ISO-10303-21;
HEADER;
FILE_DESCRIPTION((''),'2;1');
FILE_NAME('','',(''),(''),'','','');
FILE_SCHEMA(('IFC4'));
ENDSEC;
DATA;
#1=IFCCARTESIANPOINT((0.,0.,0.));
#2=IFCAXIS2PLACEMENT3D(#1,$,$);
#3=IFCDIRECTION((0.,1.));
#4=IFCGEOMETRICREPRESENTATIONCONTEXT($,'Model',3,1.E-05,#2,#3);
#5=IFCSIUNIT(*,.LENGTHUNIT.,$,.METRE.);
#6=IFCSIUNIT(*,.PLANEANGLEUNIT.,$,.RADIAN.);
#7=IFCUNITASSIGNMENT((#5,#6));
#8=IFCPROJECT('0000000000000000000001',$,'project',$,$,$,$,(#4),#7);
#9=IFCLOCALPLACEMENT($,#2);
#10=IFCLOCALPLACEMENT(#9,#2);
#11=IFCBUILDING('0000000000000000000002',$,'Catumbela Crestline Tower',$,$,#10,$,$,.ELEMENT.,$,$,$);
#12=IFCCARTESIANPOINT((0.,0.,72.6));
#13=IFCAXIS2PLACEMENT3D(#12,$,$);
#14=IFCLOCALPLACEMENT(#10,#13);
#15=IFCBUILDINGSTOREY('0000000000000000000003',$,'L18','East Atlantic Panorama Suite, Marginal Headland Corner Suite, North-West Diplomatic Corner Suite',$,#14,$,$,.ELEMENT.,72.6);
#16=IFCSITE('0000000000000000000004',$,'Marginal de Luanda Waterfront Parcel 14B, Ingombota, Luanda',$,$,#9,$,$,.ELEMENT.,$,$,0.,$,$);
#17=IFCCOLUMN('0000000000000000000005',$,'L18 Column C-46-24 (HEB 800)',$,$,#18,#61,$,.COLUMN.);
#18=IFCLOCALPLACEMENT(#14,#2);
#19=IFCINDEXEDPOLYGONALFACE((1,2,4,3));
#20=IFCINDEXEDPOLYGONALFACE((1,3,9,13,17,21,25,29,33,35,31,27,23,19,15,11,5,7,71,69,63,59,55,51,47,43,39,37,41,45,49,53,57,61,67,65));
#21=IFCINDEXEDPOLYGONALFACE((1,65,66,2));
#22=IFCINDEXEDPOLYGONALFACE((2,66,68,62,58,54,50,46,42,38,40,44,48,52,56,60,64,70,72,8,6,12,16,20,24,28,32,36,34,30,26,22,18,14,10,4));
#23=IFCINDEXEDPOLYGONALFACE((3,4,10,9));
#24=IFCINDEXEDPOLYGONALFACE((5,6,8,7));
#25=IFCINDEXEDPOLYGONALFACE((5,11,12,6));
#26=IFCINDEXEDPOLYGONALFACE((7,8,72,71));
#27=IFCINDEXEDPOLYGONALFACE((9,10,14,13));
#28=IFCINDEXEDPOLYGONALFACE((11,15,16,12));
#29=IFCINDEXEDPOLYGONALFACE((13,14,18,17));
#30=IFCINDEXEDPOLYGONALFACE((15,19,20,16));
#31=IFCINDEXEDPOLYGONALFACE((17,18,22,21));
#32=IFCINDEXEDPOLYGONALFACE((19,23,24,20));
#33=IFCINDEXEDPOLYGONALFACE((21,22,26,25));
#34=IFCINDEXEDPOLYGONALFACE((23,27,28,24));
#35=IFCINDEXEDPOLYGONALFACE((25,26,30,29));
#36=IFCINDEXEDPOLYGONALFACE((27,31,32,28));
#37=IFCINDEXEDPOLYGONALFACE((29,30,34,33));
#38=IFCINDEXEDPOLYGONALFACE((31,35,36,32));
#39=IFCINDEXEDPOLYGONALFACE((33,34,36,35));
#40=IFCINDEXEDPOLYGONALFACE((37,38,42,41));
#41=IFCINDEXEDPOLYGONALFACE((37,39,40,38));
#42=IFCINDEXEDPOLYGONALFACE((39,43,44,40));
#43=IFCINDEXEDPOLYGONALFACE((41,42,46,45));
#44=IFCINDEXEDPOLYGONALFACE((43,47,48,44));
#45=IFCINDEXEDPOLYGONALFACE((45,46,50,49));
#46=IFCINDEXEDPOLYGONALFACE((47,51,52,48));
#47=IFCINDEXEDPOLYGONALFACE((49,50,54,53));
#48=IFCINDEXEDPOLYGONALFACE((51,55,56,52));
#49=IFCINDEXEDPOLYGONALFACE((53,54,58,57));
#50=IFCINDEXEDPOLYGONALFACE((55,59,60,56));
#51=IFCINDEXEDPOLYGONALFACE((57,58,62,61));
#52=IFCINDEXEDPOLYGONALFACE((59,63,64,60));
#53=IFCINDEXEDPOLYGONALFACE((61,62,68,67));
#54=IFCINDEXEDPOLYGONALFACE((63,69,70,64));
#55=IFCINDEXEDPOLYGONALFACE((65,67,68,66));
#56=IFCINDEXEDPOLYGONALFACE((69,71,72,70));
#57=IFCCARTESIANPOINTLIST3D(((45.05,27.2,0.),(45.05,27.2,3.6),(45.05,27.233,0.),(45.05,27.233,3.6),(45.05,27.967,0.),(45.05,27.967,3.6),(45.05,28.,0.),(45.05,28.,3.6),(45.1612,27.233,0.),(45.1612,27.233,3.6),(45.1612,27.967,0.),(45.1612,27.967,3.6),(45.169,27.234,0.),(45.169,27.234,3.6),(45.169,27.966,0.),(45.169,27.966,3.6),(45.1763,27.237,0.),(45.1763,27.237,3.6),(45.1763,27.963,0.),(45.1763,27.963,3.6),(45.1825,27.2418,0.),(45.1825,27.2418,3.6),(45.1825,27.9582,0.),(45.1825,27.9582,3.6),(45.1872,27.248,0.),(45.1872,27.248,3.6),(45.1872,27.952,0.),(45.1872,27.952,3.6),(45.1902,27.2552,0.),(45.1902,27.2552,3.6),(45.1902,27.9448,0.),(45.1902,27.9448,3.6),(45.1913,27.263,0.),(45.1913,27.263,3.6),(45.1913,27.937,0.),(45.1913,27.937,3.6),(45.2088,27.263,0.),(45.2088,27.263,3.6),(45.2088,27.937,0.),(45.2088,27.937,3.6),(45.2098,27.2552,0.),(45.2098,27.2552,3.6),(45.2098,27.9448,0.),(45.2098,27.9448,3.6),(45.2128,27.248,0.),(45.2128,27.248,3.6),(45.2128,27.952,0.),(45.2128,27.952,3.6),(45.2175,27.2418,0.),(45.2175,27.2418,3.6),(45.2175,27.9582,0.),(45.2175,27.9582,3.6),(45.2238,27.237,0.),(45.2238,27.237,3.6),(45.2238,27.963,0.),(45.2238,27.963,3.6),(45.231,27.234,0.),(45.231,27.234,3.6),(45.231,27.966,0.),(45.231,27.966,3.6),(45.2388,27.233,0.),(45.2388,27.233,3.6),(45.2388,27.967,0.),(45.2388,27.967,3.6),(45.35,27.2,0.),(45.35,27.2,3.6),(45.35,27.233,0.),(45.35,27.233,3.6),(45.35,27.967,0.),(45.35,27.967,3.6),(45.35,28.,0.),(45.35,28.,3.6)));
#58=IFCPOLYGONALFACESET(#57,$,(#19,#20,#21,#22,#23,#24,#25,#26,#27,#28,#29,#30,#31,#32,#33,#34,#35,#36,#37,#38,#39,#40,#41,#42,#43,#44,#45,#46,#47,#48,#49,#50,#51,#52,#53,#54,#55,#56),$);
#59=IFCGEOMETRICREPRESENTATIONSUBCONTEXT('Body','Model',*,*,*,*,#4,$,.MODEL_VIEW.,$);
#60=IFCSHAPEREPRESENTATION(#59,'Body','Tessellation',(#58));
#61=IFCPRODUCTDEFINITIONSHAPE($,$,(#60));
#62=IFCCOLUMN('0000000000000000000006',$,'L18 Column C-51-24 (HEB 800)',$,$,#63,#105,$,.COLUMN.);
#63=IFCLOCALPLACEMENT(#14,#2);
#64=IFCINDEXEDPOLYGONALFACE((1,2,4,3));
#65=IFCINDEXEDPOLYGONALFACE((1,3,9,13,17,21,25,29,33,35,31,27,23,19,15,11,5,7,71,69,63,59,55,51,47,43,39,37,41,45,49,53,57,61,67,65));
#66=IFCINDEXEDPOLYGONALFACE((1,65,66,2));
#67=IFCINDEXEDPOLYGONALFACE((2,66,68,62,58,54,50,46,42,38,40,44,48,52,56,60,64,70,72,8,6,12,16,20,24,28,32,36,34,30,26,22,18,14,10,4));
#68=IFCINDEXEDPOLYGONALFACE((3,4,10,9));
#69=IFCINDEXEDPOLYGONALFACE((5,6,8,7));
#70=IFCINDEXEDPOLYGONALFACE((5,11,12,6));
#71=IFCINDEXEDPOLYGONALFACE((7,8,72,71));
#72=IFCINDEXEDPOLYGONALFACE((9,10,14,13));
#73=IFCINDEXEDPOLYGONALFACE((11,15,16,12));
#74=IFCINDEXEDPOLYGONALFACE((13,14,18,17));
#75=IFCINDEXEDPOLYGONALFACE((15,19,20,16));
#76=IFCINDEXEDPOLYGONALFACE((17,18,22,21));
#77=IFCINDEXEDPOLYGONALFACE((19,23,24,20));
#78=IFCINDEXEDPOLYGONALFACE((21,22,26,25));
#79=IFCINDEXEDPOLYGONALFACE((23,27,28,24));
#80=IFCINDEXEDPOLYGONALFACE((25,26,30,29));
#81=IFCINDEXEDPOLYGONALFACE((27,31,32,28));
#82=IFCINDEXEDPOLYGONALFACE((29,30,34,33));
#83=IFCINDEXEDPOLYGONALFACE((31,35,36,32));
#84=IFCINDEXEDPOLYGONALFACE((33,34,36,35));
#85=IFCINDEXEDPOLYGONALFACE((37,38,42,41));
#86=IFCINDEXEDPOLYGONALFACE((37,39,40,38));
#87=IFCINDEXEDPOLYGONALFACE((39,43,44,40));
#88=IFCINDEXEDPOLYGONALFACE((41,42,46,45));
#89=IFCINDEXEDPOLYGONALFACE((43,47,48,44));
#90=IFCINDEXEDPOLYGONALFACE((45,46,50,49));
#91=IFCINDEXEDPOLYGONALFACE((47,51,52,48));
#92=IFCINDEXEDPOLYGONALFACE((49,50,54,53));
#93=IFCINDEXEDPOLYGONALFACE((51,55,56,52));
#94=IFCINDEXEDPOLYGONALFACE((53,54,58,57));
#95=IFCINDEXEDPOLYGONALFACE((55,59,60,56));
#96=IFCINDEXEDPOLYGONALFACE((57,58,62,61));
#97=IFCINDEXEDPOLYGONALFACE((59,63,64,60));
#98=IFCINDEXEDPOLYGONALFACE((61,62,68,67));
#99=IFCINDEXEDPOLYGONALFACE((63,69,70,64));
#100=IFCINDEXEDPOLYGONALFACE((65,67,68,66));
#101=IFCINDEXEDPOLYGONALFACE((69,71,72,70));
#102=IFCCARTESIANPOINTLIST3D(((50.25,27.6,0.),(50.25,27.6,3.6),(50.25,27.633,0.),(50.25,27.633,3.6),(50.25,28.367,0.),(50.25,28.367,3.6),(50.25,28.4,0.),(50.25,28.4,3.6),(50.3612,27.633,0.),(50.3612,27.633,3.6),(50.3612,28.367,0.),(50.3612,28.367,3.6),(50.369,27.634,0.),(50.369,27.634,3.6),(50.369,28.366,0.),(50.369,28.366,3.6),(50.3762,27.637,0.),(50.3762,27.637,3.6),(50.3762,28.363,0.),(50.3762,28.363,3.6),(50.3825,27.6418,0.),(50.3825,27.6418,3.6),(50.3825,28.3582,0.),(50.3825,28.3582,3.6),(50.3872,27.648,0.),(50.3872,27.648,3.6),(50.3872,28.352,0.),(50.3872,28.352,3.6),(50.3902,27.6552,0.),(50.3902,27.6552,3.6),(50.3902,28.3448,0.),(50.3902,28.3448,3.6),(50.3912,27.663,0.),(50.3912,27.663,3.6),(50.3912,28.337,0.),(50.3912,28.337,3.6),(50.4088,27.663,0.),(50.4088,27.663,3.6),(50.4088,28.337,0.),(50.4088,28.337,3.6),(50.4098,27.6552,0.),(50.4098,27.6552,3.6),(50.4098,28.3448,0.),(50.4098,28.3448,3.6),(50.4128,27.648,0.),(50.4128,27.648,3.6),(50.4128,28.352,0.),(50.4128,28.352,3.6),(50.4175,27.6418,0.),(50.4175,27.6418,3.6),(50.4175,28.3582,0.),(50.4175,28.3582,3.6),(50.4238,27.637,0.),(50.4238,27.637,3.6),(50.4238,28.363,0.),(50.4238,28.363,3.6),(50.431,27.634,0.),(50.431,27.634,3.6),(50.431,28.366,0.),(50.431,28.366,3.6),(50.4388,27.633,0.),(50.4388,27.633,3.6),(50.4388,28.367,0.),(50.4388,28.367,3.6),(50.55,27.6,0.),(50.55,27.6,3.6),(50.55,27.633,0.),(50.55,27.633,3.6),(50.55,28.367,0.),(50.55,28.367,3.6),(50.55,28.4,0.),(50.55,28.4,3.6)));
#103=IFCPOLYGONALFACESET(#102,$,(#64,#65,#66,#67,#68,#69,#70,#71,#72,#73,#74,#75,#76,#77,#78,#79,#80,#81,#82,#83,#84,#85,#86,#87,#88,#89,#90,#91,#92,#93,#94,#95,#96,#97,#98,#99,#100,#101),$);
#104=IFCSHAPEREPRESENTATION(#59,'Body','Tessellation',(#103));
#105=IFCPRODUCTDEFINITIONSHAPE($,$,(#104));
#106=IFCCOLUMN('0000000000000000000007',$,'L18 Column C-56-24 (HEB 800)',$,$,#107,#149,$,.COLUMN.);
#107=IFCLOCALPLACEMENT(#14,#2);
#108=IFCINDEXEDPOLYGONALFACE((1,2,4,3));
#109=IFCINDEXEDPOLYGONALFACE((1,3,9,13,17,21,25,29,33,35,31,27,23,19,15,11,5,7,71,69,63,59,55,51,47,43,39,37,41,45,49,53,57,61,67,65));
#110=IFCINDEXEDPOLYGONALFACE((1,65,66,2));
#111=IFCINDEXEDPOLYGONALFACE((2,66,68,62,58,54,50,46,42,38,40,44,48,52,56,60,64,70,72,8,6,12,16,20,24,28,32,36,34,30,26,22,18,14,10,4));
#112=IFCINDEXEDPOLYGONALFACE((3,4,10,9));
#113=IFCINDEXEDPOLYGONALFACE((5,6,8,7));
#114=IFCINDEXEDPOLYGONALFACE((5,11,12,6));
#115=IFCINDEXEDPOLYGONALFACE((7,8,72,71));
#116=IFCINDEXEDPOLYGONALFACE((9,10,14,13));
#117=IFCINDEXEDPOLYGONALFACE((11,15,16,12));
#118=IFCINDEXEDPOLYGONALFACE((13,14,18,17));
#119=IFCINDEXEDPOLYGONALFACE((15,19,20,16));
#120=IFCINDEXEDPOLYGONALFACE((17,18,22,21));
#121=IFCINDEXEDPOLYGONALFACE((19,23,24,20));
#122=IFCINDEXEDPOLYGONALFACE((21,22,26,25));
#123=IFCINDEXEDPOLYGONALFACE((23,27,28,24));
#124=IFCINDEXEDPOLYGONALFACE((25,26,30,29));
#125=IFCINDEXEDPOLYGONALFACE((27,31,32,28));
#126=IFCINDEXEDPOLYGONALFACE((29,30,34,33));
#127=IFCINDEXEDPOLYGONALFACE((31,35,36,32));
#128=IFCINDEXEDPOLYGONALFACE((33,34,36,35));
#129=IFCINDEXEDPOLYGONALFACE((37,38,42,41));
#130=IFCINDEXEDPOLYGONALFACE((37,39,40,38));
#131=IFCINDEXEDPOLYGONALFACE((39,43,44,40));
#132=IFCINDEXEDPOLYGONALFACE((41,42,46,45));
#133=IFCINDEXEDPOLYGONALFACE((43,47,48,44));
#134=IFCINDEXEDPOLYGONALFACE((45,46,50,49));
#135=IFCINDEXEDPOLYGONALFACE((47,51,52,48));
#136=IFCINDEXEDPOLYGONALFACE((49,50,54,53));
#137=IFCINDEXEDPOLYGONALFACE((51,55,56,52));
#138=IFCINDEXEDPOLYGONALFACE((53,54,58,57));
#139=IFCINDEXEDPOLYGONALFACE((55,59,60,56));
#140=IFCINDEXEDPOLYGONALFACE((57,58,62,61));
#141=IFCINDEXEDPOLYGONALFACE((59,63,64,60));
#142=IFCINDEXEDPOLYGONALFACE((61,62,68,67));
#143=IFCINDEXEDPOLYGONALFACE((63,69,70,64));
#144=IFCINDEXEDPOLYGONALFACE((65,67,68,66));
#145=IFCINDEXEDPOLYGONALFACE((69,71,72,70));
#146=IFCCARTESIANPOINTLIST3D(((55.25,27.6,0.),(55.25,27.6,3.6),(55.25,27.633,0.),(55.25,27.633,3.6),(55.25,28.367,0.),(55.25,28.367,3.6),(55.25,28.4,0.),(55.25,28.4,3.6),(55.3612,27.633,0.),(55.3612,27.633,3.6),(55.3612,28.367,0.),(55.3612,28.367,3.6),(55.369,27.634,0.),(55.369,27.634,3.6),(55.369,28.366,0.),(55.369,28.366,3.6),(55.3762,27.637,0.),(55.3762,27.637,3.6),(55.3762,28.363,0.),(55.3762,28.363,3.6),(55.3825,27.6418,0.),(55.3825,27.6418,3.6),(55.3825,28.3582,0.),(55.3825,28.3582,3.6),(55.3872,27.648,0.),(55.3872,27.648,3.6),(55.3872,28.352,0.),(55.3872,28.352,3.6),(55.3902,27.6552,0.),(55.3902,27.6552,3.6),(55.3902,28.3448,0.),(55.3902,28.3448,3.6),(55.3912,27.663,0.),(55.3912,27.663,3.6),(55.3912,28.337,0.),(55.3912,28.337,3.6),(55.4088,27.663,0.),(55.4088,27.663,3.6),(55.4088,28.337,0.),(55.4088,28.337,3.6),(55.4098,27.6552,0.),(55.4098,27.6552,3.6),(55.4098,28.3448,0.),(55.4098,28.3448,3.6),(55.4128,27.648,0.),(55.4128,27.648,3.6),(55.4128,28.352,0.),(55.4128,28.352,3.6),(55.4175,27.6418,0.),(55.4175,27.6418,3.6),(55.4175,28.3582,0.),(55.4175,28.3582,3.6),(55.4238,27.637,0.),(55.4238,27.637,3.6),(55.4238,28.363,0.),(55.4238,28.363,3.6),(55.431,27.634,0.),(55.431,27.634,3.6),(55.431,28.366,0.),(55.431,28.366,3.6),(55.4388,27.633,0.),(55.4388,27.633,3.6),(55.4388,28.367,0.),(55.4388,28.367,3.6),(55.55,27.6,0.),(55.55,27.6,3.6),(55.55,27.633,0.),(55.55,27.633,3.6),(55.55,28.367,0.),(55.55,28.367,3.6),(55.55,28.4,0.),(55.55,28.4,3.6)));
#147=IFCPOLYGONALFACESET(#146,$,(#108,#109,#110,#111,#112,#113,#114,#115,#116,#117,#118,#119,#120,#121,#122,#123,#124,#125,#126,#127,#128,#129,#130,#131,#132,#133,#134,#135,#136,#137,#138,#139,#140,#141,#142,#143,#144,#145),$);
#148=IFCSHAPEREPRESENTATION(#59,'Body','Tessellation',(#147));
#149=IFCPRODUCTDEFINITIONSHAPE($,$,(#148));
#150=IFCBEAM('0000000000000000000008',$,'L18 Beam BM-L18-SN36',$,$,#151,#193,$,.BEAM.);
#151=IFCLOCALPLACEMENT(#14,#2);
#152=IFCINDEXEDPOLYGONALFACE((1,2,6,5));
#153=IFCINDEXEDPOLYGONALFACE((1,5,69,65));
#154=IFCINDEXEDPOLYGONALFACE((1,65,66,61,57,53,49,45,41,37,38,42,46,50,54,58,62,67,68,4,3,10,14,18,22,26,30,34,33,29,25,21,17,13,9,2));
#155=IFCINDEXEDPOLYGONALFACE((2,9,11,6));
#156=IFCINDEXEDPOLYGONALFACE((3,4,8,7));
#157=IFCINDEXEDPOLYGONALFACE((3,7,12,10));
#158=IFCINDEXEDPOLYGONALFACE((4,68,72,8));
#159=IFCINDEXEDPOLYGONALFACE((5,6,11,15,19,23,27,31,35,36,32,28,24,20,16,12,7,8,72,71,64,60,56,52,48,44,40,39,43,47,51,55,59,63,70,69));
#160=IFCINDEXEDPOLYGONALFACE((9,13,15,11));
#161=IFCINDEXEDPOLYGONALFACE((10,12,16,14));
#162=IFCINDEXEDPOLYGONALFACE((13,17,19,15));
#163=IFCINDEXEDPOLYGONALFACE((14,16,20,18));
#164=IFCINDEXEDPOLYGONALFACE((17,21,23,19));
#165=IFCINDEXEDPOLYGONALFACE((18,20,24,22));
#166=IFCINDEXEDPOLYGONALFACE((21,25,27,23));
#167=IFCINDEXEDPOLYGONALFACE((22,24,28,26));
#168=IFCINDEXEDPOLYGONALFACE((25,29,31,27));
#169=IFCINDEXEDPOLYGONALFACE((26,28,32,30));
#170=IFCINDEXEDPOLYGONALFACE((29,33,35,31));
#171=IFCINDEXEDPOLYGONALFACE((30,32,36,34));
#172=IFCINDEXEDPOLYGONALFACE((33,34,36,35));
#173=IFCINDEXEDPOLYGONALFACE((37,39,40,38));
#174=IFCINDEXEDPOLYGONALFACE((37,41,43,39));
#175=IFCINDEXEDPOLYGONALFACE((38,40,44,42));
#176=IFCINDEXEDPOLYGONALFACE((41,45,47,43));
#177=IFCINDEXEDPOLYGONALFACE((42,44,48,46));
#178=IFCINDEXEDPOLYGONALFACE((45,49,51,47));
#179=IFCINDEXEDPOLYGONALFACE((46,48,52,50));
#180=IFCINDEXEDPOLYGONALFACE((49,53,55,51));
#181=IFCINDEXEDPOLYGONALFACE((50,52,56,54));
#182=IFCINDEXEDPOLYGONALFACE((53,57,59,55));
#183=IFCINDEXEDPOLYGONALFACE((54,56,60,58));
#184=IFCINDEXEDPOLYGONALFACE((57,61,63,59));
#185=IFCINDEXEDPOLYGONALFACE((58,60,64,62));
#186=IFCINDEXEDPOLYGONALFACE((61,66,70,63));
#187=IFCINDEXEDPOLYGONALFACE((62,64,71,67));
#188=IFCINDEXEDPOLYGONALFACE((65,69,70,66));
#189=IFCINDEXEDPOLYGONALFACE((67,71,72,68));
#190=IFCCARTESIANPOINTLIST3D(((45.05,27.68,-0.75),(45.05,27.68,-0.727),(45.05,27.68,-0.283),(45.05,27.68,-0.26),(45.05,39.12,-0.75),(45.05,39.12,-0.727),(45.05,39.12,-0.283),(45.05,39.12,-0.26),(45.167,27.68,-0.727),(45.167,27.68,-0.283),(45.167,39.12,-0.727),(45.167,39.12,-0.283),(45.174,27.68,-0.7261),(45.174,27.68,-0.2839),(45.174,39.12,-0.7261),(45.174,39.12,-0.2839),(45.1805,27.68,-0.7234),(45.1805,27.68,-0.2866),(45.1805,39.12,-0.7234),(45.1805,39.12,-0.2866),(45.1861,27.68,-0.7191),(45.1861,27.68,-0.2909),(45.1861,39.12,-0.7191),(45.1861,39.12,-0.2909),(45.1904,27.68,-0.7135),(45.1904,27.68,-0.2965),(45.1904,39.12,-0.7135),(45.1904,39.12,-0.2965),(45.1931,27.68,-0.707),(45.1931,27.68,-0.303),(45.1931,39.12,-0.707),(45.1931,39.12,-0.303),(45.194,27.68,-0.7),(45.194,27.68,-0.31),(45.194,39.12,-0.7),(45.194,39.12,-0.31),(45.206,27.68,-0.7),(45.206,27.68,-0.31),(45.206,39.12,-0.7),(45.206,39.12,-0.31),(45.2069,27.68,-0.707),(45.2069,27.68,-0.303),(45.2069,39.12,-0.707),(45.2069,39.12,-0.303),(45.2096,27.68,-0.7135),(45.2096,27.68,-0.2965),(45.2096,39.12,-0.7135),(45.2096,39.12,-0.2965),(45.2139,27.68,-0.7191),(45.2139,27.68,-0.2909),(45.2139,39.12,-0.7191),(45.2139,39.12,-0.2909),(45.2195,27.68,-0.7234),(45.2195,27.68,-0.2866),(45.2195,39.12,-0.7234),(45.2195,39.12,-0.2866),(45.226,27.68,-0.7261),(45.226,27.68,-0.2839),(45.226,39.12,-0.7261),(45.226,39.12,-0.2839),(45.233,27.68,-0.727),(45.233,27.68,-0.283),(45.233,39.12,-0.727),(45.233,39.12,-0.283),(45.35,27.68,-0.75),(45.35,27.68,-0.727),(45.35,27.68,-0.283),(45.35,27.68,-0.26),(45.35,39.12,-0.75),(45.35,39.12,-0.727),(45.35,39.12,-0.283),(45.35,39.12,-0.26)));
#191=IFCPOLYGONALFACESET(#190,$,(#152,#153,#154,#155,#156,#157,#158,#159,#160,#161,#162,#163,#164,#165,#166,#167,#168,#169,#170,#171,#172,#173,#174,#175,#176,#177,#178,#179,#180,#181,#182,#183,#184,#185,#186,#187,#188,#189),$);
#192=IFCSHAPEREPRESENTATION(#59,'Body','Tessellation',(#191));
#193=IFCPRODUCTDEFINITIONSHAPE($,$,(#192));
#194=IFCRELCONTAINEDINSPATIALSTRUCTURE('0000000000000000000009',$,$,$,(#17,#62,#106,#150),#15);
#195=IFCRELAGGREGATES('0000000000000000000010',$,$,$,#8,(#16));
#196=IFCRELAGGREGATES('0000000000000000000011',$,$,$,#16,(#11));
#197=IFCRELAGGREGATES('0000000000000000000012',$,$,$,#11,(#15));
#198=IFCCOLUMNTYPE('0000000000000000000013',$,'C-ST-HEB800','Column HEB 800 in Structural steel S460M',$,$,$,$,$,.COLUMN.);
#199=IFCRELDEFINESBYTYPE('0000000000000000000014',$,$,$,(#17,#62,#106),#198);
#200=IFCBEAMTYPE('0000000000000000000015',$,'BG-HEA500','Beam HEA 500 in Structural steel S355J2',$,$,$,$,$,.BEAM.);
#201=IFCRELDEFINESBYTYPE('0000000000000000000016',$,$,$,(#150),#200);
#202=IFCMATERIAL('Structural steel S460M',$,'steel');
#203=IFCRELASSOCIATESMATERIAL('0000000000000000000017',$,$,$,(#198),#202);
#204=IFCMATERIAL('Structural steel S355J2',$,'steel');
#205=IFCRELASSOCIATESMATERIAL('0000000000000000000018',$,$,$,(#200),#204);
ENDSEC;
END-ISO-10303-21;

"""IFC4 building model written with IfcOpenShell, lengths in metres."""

from ifc_helpers import new_model, si_unit, direction, frame, origin, origin_2d, place, context, subcontext, project, spatial, i_section, extrude, material, material_profile, profile_set, type_object, element, save


model = new_model("IFC4")

# Units and contexts
model_context = context("Model", 3, precision=1e-05, world=origin(), true_north=direction((0.0, 1.0)))
body_context = subcontext(model_context, "Body", "Model", "MODEL_VIEW")
ifc_project = project(units=[si_unit("LENGTHUNIT", "METRE"), si_unit("PLANEANGLEUNIT", "RADIAN")], contexts=[model_context])

# Site, building, storey
site_placement = place(None, origin())
site = spatial("IfcSite", under=ifc_project, at=site_placement, Name="Marginal de Luanda Waterfront Parcel 14B, Ingombota, Luanda", CompositionType="ELEMENT", RefElevation=0.0)
building_placement = place(site_placement, origin())
building = spatial("IfcBuilding", under=site, at=building_placement, Name="Catumbela Crestline Tower", CompositionType="ELEMENT")
storey_placement = place(building_placement, frame((0.0, 0.0, 72.6)))
storey = spatial("IfcBuildingStorey", under=building, at=storey_placement, Name="L18", Description="East Atlantic Panorama Suite, Marginal Headland Corner Suite, North-West Diplomatic Corner Suite", CompositionType="ELEMENT", Elevation=72.6)

# Columns
ifc_material_1 = material(Name="Structural steel S460M", Category="steel")
ifc_material_profile_1 = material_profile(ifc_material_1, i_section(OverallWidth=0.3, OverallDepth=0.8, WebThickness=0.0175, FlangeThickness=0.033, FilletRadius=0.03, at=origin_2d()), Name="HEB 800")
ifc_profile_set_1 = profile_set([ifc_material_profile_1], Name="Structural steel S460M")
column_type = type_object("IfcColumnType", Name="C-ST-HEB800", Description="Column HEB 800 in Structural steel S460M", PredefinedType="COLUMN", material=ifc_profile_set_1)
for number, where, z_axis, x_axis, name in (
    (1, (45.2, 27.6, 0.0), (0.0, 0.0, 1.0), (1.0, 0.0, 0.0), "L18 Column C-46-24 (HEB 800)"),
    (2, (50.4, 28.0, 0.0), (0.0, 0.0, 1.0), (1.0, 0.0, 0.0), "L18 Column C-51-24 (HEB 800)"),
    (3, (55.4, 28.0, 0.0), (0.0, 0.0, 1.0), (1.0, 0.0, 0.0), "L18 Column C-56-24 (HEB 800)"),
):
    element("IfcColumn", number, at=place(storey_placement, frame(where, z_axis=z_axis, x_axis=x_axis)), inside=storey, type_object=column_type, Name=name, PredefinedType="COLUMN", context=body_context, shape_type="SweptSolid", body=[
        extrude(i_section(OverallWidth=0.3, OverallDepth=0.8, WebThickness=0.0175, FlangeThickness=0.033, FilletRadius=0.03, at=origin_2d()), origin(), (0.0, 0.0, 1.0), 3.6),
    ])

# Beam
ifc_material_2 = material(Name="Structural steel S355J2", Category="steel")
ifc_material_profile_2 = material_profile(ifc_material_2, i_section(OverallWidth=0.3, OverallDepth=0.49, WebThickness=0.012, FlangeThickness=0.023, FilletRadius=0.027, at=origin_2d()), Name="HEA 500")
ifc_profile_set_2 = profile_set([ifc_material_profile_2], Name="Structural steel S355J2")
beam_type_1 = type_object("IfcBeamType", Name="BG-HEA500", Description="Beam HEA 500 in Structural steel S355J2", PredefinedType="BEAM", material=ifc_profile_set_2)
beam_1_placement = place(storey_placement, frame((45.2, 27.68, -0.505), z_axis=(0.0, 1.0, 0.0), x_axis=(-1.0, 0.0, 0.0)))
element("IfcBeam", 4, at=beam_1_placement, inside=storey, type_object=beam_type_1, Name="L18 Beam BM-L18-SN36", PredefinedType="BEAM", context=body_context, shape_type="SweptSolid", body=[
    extrude(i_section(OverallWidth=0.3, OverallDepth=0.49, WebThickness=0.012, FlangeThickness=0.023, FilletRadius=0.027, at=origin_2d()), origin(), (0.0, 0.0, 1.0), 11.44),
])

save(model, "model.ifc")
